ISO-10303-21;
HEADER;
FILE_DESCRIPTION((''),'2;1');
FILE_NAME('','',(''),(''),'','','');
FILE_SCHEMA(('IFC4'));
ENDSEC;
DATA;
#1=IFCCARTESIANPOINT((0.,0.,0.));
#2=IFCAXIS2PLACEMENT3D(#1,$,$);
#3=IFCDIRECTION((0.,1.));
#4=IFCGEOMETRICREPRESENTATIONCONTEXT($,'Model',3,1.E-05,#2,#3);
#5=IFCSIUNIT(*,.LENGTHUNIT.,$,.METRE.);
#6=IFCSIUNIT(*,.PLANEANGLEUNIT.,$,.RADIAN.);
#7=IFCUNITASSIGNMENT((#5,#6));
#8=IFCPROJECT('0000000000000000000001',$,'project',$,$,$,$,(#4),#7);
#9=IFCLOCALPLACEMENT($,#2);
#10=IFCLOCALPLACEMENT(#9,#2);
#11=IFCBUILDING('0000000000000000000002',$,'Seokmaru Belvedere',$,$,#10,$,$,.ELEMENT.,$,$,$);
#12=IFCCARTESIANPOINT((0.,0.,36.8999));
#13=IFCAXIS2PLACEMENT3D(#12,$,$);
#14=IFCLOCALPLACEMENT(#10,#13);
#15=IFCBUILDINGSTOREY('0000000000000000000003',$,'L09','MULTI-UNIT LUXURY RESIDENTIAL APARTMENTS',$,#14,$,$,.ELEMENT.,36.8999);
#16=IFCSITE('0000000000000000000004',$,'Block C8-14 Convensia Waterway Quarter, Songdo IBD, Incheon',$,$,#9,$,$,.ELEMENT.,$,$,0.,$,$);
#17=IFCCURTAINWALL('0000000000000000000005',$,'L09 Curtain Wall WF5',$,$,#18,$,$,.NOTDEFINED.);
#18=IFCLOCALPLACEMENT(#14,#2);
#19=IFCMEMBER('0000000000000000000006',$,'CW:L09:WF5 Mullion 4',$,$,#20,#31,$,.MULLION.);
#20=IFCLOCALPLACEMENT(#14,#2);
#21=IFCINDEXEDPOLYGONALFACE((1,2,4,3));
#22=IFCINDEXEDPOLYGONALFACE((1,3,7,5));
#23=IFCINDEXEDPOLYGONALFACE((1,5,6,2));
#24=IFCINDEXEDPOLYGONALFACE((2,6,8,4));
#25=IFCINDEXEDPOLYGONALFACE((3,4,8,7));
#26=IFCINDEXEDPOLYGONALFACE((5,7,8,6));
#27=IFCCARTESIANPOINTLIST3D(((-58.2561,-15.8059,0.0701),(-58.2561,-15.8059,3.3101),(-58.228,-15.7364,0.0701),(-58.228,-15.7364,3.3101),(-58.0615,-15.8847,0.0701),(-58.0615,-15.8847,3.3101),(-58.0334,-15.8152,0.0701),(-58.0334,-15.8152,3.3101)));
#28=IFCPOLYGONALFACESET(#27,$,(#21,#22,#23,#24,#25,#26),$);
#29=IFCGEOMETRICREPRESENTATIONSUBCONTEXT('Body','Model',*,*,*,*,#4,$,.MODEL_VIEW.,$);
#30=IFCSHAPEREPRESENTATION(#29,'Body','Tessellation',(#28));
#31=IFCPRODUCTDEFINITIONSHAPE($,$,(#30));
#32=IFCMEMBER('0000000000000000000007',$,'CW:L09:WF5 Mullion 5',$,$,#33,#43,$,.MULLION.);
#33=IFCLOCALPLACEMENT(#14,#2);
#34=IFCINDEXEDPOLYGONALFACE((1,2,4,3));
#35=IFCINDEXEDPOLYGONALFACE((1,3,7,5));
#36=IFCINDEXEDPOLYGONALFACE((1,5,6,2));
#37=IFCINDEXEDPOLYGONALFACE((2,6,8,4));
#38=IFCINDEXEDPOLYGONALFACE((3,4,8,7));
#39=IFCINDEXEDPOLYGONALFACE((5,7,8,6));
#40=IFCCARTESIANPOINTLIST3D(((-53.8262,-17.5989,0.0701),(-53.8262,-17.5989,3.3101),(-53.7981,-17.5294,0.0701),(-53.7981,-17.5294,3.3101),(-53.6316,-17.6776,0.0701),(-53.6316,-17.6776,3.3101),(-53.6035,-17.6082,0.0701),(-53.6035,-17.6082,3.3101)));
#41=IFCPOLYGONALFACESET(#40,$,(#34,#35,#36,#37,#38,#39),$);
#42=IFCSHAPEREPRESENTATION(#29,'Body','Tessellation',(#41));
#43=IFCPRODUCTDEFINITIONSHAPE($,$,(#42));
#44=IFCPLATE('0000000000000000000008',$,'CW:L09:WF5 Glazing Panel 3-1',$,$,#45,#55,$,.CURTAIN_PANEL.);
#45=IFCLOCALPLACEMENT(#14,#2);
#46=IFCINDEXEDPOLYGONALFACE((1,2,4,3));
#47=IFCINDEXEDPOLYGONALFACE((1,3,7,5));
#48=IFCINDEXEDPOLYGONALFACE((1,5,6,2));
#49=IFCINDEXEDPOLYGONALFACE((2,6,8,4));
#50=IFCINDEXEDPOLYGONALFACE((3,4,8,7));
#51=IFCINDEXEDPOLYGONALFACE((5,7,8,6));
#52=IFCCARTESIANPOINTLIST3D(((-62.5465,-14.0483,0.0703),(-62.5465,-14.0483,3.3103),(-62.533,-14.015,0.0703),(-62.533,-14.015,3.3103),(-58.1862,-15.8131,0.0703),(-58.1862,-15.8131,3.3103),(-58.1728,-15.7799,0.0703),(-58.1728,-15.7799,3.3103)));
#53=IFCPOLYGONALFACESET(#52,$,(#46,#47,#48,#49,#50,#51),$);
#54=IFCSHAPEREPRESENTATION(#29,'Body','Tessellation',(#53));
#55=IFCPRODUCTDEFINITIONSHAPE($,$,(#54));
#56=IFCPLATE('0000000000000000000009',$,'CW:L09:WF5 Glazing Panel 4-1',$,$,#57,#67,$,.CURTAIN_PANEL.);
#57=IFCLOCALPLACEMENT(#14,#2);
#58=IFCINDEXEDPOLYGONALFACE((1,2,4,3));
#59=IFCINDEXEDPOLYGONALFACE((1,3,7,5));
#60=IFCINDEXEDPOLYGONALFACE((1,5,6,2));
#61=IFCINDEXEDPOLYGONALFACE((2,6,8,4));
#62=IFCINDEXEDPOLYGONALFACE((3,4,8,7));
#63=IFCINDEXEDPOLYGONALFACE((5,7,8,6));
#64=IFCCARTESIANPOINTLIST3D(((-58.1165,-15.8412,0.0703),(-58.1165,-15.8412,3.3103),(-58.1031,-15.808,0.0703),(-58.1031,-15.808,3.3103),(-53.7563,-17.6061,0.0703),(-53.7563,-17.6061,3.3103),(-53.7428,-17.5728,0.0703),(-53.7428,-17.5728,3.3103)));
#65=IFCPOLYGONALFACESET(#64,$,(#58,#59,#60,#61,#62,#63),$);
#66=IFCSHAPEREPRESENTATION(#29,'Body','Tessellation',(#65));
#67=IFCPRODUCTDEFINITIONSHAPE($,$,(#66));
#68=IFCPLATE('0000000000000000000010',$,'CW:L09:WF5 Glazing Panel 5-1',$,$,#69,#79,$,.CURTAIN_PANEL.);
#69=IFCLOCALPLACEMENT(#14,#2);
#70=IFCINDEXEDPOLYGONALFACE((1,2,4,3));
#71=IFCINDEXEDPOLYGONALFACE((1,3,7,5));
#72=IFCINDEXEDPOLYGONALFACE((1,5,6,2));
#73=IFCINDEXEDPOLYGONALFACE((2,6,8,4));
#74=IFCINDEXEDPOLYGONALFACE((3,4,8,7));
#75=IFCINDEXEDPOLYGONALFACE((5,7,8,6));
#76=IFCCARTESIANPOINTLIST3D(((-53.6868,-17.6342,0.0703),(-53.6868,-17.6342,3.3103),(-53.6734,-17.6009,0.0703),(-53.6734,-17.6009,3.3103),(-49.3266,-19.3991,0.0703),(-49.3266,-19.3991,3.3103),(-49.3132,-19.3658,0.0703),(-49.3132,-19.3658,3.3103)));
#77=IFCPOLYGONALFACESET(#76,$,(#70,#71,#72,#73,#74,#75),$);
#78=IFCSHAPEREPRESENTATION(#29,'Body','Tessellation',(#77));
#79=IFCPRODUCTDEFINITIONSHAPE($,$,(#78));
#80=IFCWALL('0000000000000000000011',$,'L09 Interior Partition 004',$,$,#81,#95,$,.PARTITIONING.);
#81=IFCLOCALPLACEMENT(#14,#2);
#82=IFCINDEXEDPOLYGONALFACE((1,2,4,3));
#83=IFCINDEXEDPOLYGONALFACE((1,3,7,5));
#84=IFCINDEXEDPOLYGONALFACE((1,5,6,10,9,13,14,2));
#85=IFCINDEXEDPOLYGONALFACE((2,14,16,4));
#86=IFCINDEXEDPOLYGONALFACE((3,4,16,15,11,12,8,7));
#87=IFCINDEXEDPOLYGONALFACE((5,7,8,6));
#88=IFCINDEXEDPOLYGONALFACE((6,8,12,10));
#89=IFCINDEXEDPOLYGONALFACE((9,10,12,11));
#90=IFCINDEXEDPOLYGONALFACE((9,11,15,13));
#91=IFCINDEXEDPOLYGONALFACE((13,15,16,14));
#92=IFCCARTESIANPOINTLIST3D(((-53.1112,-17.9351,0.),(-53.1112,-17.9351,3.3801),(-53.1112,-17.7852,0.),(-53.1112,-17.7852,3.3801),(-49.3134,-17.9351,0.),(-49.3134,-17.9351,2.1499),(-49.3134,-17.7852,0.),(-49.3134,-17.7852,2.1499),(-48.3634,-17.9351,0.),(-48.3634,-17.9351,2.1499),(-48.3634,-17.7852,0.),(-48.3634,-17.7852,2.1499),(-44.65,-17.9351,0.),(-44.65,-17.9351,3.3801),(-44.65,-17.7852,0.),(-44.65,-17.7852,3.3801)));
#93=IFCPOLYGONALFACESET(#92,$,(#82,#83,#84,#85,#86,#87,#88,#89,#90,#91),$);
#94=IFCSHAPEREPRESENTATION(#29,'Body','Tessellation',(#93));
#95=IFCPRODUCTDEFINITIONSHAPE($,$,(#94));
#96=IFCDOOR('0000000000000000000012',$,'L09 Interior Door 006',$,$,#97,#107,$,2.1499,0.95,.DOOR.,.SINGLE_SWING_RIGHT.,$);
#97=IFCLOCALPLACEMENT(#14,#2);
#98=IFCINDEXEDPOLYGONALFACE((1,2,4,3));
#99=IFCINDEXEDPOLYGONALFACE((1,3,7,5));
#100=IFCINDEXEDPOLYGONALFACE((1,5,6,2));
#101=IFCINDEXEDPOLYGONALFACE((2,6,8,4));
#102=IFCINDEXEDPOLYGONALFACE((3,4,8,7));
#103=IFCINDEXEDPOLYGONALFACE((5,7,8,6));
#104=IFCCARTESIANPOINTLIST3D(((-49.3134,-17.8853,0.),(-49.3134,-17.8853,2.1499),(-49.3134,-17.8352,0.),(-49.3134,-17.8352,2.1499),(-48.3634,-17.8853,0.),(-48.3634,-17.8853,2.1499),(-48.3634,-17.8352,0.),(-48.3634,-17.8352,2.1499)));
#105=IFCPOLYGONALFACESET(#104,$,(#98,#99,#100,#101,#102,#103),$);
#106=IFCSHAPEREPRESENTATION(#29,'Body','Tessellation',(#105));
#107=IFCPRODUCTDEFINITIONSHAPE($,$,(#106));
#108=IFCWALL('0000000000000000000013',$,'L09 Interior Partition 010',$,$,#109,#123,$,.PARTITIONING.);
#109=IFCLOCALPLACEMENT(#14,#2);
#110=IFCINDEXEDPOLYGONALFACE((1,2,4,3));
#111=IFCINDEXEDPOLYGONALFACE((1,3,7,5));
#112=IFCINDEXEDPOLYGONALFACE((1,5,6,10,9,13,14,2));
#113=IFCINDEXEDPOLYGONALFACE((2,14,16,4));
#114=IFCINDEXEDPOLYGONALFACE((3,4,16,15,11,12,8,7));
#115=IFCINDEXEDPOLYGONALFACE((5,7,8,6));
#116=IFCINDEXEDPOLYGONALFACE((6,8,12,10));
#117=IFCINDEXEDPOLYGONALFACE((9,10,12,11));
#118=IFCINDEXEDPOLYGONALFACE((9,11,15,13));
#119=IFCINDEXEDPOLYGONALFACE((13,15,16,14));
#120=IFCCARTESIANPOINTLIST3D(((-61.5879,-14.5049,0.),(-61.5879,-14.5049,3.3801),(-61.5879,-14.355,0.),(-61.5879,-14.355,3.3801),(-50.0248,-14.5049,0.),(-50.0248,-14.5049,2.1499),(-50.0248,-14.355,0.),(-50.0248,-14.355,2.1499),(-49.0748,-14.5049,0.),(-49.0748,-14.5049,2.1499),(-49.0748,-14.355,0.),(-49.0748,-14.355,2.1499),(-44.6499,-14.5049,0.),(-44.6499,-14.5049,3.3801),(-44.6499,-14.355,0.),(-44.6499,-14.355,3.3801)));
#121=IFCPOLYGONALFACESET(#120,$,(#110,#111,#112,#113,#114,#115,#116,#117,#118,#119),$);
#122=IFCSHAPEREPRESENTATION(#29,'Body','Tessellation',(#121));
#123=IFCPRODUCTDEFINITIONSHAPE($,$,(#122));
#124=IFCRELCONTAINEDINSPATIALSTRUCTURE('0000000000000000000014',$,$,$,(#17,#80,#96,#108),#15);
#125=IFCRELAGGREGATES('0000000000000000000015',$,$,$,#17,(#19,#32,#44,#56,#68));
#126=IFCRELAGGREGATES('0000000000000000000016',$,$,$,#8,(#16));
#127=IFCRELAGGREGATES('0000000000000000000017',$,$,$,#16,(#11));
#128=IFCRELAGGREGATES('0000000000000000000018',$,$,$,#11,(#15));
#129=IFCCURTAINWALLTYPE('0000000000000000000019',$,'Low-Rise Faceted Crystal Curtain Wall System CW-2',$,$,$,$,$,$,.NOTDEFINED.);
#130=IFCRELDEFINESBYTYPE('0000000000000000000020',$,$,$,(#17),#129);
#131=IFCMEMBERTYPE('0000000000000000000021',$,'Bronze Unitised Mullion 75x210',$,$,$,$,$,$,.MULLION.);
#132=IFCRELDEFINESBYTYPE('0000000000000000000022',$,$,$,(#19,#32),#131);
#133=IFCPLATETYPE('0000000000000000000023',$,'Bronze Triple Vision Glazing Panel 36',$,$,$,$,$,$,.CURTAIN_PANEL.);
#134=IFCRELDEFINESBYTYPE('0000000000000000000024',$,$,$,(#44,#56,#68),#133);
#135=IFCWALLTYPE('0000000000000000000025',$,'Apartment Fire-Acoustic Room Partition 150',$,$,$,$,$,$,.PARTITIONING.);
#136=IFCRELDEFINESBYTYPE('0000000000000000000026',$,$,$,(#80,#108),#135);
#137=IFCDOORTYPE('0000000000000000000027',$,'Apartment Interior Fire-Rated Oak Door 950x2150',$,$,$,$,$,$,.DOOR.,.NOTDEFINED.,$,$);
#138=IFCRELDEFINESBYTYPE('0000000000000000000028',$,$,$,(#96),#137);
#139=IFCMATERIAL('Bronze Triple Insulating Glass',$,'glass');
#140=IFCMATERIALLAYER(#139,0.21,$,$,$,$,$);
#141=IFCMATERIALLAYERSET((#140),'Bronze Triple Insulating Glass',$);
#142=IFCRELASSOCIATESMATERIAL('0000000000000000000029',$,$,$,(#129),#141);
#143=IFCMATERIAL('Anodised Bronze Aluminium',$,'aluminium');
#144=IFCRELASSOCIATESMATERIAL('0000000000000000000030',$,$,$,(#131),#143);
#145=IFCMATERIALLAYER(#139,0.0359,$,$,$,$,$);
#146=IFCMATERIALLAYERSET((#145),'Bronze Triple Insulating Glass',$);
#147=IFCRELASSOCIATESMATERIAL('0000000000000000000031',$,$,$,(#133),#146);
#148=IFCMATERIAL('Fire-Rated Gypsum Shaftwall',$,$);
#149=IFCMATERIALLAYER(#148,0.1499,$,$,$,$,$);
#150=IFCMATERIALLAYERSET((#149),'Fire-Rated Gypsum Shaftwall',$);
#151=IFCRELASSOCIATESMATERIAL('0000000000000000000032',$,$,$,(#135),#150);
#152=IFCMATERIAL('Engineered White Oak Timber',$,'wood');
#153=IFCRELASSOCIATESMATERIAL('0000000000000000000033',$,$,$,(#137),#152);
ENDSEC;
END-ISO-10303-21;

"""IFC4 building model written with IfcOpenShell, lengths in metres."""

from ifc_helpers import new_model, si_unit, direction, frame, frame_2d, origin, origin_2d, place, context, subcontext, project, spatial, rectangle, extrude, source, transform, mapped, material, layer, layer_set, material_profile, profile_set, type_object, type_shapes, element, fill, aggregate, save


model = new_model("IFC4")

# Units and contexts
model_context = context("Model", 3, precision=1e-05, world=origin(), true_north=direction((0.0, 1.0)))
body_context = subcontext(model_context, "Body", "Model", "MODEL_VIEW")
ifc_project = project(units=[si_unit("LENGTHUNIT", "METRE"), si_unit("PLANEANGLEUNIT", "RADIAN")], contexts=[model_context])

# Site, building, storey
site_placement = place(None, origin())
site = spatial("IfcSite", under=ifc_project, at=site_placement, Name="Block C8-14 Convensia Waterway Quarter, Songdo IBD, Incheon", CompositionType="ELEMENT", RefElevation=0.0)
building_placement = place(site_placement, origin())
building = spatial("IfcBuilding", under=site, at=building_placement, Name="Seokmaru Belvedere", CompositionType="ELEMENT")
storey_placement = place(building_placement, frame((0.0, 0.0, 36.8999)))
storey = spatial("IfcBuildingStorey", under=building, at=storey_placement, Name="L09", Description="MULTI-UNIT LUXURY RESIDENTIAL APARTMENTS", CompositionType="ELEMENT", Elevation=36.8999)

# Curtain wall, members, plates
ifc_material_1 = material(Name="Bronze Triple Insulating Glass", Category="glass")
ifc_layer_1 = layer(ifc_material_1, 0.21)
ifc_layer_set_1 = layer_set([ifc_layer_1], Name="Bronze Triple Insulating Glass")
curtain_wall_type = type_object("IfcCurtainWallType", Name="Low-Rise Faceted Crystal Curtain Wall System CW-2", PredefinedType="NOTDEFINED", material=ifc_layer_set_1)
curtain_wall_placement = place(storey_placement, origin())
curtain_wall = element("IfcCurtainWall", 1, at=curtain_wall_placement, inside=storey, type_object=curtain_wall_type, Name="L09 Curtain Wall WF5", PredefinedType="NOTDEFINED")
ifc_material_2 = material(Name="Anodised Bronze Aluminium", Category="aluminium")
ifc_material_profile_1 = material_profile(ifc_material_2, rectangle(XDim=0.075, YDim=0.21, at=origin_2d()), Name="CW-M-75x210")
ifc_profile_set_1 = profile_set([ifc_material_profile_1], Name="Anodised Bronze Aluminium")
member_type = type_object("IfcMemberType", Name="Bronze Unitised Mullion 75x210", PredefinedType="MULLION", material=ifc_profile_set_1)
shared_shape_1 = source(origin(), body_context, "Body", "SweptSolid", [
    extrude(rectangle(XDim=0.075, YDim=0.21, at=origin_2d()), origin(), (0.0, 0.0, 1.0), 3.24),
])
type_shapes(member_type, [shared_shape_1])
member_1_placement = place(storey_placement, frame((-58.1448, -15.8105, 0.0701), z_axis=(0.0, 0.0, 1.0), x_axis=(0.375192, 0.926947, 0.0)))
member_1 = element("IfcMember", 2, at=member_1_placement, type_object=member_type, Name="CW:L09:WF5 Mullion 4", PredefinedType="MULLION", context=body_context, shape_type="MappedRepresentation", body=[
    mapped(shared_shape_1, transform((0.0, 0.0, 0.0), scale=1.0)),
])
member_2_placement = place(storey_placement, frame((-53.7148, -17.6035, 0.0701), z_axis=(0.0, 0.0, 1.0), x_axis=(0.375192, 0.926947, 0.0)))
member_2 = element("IfcMember", 3, at=member_2_placement, type_object=member_type, Name="CW:L09:WF5 Mullion 5", PredefinedType="MULLION", context=body_context, shape_type="MappedRepresentation", body=[
    mapped(shared_shape_1, transform((0.0, 0.0, 0.0), scale=1.0)),
])
ifc_layer_2 = layer(ifc_material_1, 0.0359)
ifc_layer_set_2 = layer_set([ifc_layer_2], Name="Bronze Triple Insulating Glass")
plate_type = type_object("IfcPlateType", Name="Bronze Triple Vision Glazing Panel 36", PredefinedType="CURTAIN_PANEL", material=ifc_layer_set_2)
shared_shape_2 = source(origin(), body_context, "Body", "SweptSolid", [
    extrude(rectangle(XDim=4.7039, YDim=0.0359, at=origin_2d()), origin(), (0.0, 0.0, 1.0), 3.24),
])
type_shapes(plate_type, [shared_shape_2])
plate_1_placement = place(storey_placement, frame((-60.3596, -14.9141, 0.0703), z_axis=(0.0, 0.0, 1.0), x_axis=(0.926947, -0.375192, 0.0)))
plate_1 = element("IfcPlate", 4, at=plate_1_placement, type_object=plate_type, Name="CW:L09:WF5 Glazing Panel 3-1", PredefinedType="CURTAIN_PANEL", context=body_context, shape_type="MappedRepresentation", body=[
    mapped(shared_shape_2, transform((0.0, 0.0, 0.0), scale=1.0)),
])
plate_2_placement = place(storey_placement, frame((-55.9297, -16.707, 0.0703), z_axis=(0.0, 0.0, 1.0), x_axis=(0.926947, -0.375192, 0.0)))
plate_2 = element("IfcPlate", 5, at=plate_2_placement, type_object=plate_type, Name="CW:L09:WF5 Glazing Panel 4-1", PredefinedType="CURTAIN_PANEL", context=body_context, shape_type="MappedRepresentation", body=[
    mapped(shared_shape_2, transform((0.0, 0.0, 0.0), scale=1.0)),
])
plate_3_placement = place(storey_placement, frame((-51.5, -18.5, 0.0703), z_axis=(0.0, 0.0, 1.0), x_axis=(0.926947, -0.375192, 0.0)))
plate_3 = element("IfcPlate", 6, at=plate_3_placement, type_object=plate_type, Name="CW:L09:WF5 Glazing Panel 5-1", PredefinedType="CURTAIN_PANEL", context=body_context, shape_type="MappedRepresentation", body=[
    mapped(shared_shape_2, transform((0.0, 0.0, 0.0), scale=1.0)),
])
aggregate(curtain_wall, [member_1, member_2, plate_1, plate_2, plate_3])

# Wall, opening, door
ifc_material_3 = material(Name="Fire-Rated Gypsum Shaftwall")
ifc_layer_3 = layer(ifc_material_3, 0.1499)
ifc_layer_set_3 = layer_set([ifc_layer_3], Name="Fire-Rated Gypsum Shaftwall")
wall_type = type_object("IfcWallType", Name="Apartment Fire-Acoustic Room Partition 150", PredefinedType="PARTITIONING", material=ifc_layer_set_3)
wall_1_placement = place(storey_placement, frame((-53.1111, -17.8601, 0.0), z_axis=(0.0, 0.0, 1.0), x_axis=(1.0, 0.0, 0.0)))
wall_1 = element("IfcWall", 7, at=wall_1_placement, inside=storey, type_object=wall_type, Name="L09 Interior Partition 004", PredefinedType="PARTITIONING", context=body_context, shape_type="SweptSolid", body=[
    extrude(rectangle(XDim=8.4612, YDim=0.1499, at=frame_2d((4.2305, 0.0))), origin(), (0.0, 0.0, 1.0), 3.3801),
])
opening_1_placement = place(wall_1_placement, frame((3.7976, 0.0, 0.0)))
opening_1 = element("IfcOpeningElement", 8, at=opening_1_placement, cuts=wall_1, PredefinedType="OPENING", context=body_context, shape_type="SweptSolid", body=[
    extrude(rectangle(XDim=0.95, YDim=2.1499, at=frame_2d((0.4751, 1.075))), frame((0.0, 0.085, 0.0), z_axis=(0.0, -1.0, 0.0), x_axis=(1.0, 0.0, 0.0)), (0.0, 0.0, 1.0), 0.1699),
])
ifc_material_4 = material(Name="Engineered White Oak Timber", Category="wood")
door_type = type_object("IfcDoorType", Name="Apartment Interior Fire-Rated Oak Door 950x2150", OperationType="NOTDEFINED", PredefinedType="DOOR", material=ifc_material_4)
shared_shape_3 = source(origin(), body_context, "Body", "SweptSolid", [
    extrude(rectangle(XDim=0.95, YDim=2.1499, at=frame_2d((0.4751, 1.075))), frame((0.0, 0.0249, 0.0), z_axis=(0.0, -1.0, 0.0), x_axis=(1.0, 0.0, 0.0)), (0.0, 0.0, 1.0), 0.05),
])
type_shapes(door_type, [shared_shape_3])
door_1_placement = place(opening_1_placement, origin())
door_1 = element("IfcDoor", 9, at=door_1_placement, inside=storey, type_object=door_type, Name="L09 Interior Door 006", OperationType="SINGLE_SWING_RIGHT", OverallHeight=2.1499, OverallWidth=0.95, PredefinedType="DOOR", context=body_context, shape_type="MappedRepresentation", body=[
    mapped(shared_shape_3, transform((0.0, 0.0, 0.0), scale=1.0)),
])
fill(opening_1, door_1)

# Wall, opening
wall_2_placement = place(storey_placement, frame((-61.5879, -14.4299, 0.0), z_axis=(0.0, 0.0, 1.0), x_axis=(1.0, 0.0, 0.0)))
wall_2 = element("IfcWall", 10, at=wall_2_placement, inside=storey, type_object=wall_type, Name="L09 Interior Partition 010", PredefinedType="PARTITIONING", context=body_context, shape_type="SweptSolid", body=[
    extrude(rectangle(XDim=16.938, YDim=0.1499, at=frame_2d((8.469, 0.0))), origin(), (0.0, 0.0, 1.0), 3.3801),
])
opening_2_placement = place(wall_2_placement, frame((11.563, 0.0, 0.0)))
element("IfcOpeningElement", 11, at=opening_2_placement, cuts=wall_2, PredefinedType="OPENING", context=body_context, shape_type="SweptSolid", body=[
    extrude(rectangle(XDim=0.95, YDim=2.1499, at=frame_2d((0.4751, 1.075))), frame((0.0, 0.085, 0.0), z_axis=(0.0, -1.0, 0.0), x_axis=(1.0, 0.0, 0.0)), (0.0, 0.0, 1.0), 0.1699),
])

save(model, "model.ifc")
